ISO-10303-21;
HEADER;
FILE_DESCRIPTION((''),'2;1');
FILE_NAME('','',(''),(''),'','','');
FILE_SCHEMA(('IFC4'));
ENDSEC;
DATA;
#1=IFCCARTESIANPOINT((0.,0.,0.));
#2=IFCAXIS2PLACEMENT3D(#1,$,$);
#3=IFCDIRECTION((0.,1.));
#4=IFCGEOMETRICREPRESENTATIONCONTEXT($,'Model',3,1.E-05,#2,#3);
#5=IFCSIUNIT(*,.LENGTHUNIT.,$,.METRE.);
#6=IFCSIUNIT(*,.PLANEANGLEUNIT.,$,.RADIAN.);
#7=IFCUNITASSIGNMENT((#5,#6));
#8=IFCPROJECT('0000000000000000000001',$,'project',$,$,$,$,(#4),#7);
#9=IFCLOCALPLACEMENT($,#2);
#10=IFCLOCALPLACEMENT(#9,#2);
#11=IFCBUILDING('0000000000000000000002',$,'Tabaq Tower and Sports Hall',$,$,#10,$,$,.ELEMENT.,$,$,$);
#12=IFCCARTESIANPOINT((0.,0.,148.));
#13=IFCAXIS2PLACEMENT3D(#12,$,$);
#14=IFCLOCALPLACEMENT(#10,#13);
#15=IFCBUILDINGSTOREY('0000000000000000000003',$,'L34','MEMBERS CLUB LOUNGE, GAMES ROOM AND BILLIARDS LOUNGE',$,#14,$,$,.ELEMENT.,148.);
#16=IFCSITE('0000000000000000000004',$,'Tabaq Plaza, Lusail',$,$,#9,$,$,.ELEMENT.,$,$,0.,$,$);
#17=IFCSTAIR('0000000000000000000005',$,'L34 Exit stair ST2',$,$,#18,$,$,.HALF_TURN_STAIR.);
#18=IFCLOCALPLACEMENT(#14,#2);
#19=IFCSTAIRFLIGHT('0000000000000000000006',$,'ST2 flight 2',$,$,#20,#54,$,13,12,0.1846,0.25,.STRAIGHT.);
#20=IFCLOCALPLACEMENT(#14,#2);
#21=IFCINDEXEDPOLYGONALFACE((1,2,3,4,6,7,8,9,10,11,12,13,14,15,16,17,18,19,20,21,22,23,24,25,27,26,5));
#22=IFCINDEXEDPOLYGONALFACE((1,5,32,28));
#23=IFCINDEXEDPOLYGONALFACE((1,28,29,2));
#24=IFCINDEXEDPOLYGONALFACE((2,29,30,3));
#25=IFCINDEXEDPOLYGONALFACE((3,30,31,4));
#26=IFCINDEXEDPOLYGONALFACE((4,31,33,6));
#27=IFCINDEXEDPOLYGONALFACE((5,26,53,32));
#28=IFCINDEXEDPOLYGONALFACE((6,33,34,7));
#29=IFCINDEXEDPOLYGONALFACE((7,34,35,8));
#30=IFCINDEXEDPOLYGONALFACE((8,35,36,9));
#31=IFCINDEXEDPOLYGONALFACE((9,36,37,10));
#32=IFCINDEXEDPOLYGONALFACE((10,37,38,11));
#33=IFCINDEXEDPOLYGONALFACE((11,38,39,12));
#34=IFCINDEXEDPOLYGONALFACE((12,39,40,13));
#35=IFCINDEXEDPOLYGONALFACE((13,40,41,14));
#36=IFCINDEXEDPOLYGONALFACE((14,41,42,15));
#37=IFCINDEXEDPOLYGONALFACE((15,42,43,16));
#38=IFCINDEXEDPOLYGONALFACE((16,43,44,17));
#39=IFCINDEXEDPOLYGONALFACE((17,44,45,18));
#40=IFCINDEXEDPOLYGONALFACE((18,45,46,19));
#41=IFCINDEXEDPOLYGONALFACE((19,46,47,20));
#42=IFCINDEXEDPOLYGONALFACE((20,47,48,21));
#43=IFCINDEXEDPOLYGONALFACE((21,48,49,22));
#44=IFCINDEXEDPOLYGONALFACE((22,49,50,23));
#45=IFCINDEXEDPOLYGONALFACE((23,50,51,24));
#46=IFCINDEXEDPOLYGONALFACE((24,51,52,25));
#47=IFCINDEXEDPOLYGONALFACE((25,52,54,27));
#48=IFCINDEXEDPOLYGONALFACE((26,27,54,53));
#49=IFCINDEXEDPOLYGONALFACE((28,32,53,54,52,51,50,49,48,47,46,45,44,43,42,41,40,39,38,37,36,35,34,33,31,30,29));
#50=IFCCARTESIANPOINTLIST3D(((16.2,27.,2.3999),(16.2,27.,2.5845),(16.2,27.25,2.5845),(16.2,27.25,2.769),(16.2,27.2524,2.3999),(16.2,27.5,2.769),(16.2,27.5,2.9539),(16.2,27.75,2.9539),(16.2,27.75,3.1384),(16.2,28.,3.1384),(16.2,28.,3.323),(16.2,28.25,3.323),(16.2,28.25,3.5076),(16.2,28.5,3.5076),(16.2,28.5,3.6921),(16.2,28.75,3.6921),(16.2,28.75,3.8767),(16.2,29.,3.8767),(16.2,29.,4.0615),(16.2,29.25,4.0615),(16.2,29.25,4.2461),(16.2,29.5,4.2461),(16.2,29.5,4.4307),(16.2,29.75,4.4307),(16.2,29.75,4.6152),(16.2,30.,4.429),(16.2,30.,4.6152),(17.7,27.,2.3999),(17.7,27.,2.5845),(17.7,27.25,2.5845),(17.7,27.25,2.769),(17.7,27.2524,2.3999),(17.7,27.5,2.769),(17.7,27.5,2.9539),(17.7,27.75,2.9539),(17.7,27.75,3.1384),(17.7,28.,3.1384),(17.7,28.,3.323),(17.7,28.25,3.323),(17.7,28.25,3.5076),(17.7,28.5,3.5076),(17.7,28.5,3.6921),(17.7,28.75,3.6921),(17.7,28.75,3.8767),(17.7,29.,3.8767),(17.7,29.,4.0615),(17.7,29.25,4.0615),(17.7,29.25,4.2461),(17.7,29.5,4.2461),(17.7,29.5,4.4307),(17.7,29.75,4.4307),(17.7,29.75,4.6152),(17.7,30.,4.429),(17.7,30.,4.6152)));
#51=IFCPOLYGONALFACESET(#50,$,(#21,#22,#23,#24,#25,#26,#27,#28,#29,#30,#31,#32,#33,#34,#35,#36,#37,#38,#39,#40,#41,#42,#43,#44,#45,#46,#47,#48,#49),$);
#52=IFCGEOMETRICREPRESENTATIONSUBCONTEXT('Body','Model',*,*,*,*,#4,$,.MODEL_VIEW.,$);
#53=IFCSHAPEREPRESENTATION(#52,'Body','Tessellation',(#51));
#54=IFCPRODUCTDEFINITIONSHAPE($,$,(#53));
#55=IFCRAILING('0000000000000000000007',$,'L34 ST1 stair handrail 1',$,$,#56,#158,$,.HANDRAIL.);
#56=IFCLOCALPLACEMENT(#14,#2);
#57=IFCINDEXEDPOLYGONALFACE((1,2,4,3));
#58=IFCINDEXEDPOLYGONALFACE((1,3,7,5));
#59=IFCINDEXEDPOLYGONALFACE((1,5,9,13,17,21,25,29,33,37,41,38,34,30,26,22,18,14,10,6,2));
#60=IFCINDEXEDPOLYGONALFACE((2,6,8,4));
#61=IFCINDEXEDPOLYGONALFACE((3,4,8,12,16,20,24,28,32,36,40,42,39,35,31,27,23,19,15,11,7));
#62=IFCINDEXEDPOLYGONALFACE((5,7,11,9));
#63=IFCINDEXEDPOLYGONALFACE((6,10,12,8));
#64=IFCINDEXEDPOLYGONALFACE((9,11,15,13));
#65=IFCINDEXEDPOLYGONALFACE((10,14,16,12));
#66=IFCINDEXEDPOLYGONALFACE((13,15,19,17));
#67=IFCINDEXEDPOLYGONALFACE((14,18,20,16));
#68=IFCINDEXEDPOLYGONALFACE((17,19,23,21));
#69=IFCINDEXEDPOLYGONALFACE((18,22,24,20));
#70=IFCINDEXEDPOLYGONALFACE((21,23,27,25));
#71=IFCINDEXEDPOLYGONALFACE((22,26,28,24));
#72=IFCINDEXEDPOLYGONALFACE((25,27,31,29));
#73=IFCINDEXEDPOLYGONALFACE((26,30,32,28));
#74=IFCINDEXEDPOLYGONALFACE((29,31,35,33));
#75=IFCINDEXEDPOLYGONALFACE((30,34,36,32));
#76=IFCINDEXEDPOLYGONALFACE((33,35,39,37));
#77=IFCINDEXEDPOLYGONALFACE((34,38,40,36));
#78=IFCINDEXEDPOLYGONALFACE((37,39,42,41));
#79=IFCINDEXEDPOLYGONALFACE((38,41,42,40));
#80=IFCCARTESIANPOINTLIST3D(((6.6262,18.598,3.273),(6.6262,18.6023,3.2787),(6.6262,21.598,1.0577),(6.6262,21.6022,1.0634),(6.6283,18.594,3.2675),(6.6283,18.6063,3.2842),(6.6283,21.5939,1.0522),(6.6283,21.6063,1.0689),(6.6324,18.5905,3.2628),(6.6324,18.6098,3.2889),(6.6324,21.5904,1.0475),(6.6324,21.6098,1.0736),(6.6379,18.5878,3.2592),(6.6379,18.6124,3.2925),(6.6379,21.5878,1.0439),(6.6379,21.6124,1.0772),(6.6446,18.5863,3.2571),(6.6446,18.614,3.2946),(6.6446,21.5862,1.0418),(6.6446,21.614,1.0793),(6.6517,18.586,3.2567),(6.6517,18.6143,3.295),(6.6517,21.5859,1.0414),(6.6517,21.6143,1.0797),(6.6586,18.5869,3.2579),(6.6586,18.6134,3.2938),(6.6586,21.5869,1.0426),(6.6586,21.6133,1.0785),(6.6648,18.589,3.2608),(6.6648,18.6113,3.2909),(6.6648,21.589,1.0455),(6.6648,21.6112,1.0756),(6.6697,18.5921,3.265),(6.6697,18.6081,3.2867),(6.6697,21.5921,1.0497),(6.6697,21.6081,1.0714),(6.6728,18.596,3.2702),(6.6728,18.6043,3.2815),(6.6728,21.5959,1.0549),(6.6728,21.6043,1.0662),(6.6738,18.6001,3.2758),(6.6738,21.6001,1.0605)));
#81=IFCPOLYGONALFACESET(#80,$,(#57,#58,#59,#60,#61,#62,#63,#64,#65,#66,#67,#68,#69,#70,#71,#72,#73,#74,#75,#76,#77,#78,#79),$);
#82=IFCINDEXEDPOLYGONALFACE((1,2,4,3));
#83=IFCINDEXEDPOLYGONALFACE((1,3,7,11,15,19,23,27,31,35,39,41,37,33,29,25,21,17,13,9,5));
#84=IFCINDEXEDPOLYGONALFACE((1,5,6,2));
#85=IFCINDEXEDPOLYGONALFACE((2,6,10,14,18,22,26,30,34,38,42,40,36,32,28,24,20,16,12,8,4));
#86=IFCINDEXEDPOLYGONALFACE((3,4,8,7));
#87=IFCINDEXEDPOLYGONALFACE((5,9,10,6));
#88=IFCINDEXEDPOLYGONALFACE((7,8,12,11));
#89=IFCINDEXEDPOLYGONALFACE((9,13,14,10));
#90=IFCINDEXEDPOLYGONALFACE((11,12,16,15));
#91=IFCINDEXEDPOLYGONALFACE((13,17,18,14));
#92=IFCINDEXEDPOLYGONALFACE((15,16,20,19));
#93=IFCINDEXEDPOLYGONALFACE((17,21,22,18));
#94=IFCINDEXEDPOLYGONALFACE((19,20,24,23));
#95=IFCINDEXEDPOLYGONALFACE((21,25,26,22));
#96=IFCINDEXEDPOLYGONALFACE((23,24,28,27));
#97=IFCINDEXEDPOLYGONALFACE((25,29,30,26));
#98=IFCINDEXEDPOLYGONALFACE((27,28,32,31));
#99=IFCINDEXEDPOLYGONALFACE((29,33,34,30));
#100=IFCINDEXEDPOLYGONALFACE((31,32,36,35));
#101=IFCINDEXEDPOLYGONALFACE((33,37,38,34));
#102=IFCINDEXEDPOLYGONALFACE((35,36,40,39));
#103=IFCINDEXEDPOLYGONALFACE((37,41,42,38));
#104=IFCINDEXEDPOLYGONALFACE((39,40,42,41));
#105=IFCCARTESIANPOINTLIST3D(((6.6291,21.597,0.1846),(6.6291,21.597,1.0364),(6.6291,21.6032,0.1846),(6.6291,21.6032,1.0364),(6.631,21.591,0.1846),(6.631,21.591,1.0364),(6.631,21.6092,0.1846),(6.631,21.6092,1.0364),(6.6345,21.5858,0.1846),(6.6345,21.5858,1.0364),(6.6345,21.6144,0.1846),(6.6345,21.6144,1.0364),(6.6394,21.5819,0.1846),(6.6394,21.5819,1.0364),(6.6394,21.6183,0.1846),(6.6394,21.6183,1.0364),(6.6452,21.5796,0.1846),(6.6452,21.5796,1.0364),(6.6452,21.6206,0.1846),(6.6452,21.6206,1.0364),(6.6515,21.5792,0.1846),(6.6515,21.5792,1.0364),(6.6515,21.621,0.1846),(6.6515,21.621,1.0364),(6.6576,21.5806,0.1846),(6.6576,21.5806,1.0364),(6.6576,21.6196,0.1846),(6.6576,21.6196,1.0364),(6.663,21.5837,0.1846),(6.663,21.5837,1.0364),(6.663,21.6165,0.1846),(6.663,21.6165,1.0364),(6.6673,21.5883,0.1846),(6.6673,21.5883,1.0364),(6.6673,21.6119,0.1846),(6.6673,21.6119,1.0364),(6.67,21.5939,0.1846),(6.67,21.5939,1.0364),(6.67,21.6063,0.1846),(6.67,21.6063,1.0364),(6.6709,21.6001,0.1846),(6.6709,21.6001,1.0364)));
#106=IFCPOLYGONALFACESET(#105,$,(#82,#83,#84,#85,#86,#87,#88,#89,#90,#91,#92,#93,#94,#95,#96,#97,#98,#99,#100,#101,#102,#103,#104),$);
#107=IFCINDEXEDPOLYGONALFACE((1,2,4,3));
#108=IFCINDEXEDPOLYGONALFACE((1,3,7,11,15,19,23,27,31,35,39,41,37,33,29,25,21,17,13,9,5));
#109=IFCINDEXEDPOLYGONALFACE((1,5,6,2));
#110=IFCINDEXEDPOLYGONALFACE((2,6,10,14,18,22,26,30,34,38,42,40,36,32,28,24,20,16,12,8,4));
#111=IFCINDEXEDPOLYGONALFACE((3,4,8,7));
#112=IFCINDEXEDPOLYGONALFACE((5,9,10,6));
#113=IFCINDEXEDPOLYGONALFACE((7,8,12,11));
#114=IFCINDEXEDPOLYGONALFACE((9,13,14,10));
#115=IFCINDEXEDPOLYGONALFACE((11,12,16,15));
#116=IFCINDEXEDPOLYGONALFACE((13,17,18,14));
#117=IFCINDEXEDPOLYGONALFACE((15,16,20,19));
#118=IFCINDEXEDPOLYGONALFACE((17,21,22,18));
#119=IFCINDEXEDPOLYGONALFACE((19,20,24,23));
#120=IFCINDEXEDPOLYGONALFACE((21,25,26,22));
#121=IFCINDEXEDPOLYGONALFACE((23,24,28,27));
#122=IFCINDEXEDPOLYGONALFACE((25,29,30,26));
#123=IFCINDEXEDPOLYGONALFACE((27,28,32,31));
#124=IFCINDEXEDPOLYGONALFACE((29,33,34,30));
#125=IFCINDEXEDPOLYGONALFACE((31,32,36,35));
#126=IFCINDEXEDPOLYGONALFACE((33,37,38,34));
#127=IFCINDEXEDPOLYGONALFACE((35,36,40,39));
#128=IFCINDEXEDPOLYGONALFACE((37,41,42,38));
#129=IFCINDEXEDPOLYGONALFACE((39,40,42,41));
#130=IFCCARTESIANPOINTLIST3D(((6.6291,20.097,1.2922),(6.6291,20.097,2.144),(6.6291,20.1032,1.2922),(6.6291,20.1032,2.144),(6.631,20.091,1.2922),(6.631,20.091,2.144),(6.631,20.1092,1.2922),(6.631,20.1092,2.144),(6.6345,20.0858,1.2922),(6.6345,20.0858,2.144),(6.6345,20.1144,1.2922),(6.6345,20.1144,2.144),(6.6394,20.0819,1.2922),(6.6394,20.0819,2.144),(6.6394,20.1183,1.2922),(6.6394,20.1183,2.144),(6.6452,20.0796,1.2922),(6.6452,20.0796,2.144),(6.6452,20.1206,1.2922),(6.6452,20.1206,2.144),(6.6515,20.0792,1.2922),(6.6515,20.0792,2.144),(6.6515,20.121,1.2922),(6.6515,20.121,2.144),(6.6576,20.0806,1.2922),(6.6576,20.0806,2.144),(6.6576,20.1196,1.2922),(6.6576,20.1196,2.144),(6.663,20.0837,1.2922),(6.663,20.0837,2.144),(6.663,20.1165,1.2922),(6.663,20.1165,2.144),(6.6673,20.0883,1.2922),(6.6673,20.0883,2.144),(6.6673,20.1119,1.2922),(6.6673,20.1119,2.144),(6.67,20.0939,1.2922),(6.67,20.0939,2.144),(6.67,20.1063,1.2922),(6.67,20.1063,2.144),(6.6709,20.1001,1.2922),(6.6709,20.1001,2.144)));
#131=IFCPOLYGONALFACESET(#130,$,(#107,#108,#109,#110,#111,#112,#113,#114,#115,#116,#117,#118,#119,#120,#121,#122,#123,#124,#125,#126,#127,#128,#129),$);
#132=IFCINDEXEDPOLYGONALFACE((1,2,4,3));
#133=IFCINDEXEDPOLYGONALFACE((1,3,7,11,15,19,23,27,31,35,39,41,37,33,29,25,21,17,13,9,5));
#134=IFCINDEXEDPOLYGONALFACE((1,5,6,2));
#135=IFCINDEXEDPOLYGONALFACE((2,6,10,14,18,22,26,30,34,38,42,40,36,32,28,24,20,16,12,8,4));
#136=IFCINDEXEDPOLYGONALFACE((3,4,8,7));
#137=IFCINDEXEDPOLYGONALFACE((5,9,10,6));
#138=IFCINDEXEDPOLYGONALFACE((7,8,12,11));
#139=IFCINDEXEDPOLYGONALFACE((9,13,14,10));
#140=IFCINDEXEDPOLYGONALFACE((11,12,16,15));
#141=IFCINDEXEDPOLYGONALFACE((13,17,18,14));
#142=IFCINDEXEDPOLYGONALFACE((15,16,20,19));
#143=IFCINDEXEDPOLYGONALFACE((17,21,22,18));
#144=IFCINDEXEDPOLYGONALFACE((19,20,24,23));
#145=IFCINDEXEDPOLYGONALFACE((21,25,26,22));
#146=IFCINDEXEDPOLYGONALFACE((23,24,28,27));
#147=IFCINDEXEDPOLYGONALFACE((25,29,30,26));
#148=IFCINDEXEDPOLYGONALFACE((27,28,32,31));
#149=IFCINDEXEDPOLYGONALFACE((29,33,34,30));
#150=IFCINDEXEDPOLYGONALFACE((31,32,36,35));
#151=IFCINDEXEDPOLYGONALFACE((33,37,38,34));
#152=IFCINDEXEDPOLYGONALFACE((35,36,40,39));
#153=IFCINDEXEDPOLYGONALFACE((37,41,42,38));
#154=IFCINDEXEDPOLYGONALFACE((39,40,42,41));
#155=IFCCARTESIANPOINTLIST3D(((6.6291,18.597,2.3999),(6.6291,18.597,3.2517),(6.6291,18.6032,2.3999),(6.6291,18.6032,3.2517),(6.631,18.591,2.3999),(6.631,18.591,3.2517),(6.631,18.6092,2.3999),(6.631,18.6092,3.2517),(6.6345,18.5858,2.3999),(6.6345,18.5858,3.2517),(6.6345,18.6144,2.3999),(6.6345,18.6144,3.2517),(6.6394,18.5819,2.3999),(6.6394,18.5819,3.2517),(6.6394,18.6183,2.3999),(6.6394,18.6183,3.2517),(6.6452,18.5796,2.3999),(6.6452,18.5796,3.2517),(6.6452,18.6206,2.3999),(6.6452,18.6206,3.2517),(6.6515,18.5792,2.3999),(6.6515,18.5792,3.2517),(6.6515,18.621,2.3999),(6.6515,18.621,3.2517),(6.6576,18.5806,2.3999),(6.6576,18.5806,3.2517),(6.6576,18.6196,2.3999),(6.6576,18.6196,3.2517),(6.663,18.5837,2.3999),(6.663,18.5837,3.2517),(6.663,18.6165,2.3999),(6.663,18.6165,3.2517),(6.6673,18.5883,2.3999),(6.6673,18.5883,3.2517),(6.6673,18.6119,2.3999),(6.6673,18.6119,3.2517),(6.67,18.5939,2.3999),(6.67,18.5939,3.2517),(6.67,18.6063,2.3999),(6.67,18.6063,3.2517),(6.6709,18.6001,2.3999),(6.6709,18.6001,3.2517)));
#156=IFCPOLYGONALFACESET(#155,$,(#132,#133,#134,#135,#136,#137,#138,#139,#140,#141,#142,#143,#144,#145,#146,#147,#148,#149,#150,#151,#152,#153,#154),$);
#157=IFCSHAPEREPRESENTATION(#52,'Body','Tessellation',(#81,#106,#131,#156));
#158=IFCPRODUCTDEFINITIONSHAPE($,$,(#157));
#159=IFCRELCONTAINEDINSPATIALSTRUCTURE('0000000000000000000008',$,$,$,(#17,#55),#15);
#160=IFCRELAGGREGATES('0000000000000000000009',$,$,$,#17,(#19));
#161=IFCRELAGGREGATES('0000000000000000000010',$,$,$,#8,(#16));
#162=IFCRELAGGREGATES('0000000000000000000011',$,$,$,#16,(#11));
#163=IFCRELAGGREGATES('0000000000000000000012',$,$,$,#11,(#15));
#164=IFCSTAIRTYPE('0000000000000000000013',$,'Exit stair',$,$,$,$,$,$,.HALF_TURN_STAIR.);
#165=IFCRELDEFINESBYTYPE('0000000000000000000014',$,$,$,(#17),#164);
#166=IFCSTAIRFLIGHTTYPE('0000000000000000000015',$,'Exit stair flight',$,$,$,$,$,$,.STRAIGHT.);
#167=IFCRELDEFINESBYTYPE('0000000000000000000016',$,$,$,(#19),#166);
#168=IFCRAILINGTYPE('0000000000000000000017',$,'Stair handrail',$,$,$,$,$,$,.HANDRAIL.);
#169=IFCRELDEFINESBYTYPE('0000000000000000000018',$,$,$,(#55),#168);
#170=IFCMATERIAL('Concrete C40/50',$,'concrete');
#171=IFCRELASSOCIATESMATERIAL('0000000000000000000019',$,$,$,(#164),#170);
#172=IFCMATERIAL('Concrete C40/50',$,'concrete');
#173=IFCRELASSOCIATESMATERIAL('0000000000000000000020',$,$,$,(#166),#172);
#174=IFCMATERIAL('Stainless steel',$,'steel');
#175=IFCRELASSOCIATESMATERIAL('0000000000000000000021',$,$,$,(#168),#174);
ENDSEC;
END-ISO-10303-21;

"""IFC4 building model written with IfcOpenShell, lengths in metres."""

from ifc_helpers import new_model, si_unit, direction, frame, origin, origin_2d, place, context, subcontext, project, spatial, polyline, circle, outline, extrude, material, type_object, element, aggregate, save


model = new_model("IFC4")

# Units and contexts
model_context = context("Model", 3, precision=1e-05, world=origin(), true_north=direction((0.0, 1.0)))
body_context = subcontext(model_context, "Body", "Model", "MODEL_VIEW")
ifc_project = project(units=[si_unit("LENGTHUNIT", "METRE"), si_unit("PLANEANGLEUNIT", "RADIAN")], contexts=[model_context])

# Site, building, storey
site_placement = place(None, origin())
site = spatial("IfcSite", under=ifc_project, at=site_placement, Name="Tabaq Plaza, Lusail", CompositionType="ELEMENT", RefElevation=0.0)
building_placement = place(site_placement, origin())
building = spatial("IfcBuilding", under=site, at=building_placement, Name="Tabaq Tower and Sports Hall", CompositionType="ELEMENT")
storey_placement = place(building_placement, frame((0.0, 0.0, 148.0)))
storey = spatial("IfcBuildingStorey", under=building, at=storey_placement, Name="L34", Description="MEMBERS CLUB LOUNGE, GAMES ROOM AND BILLIARDS LOUNGE", CompositionType="ELEMENT", Elevation=148.0)

# Shared definitions
ifc_material_1 = material(Name="Concrete C40/50", Category="concrete")
stair_type = type_object("IfcStairType", Name="Exit stair", PredefinedType="HALF_TURN_STAIR", material=ifc_material_1)
ifc_material_2 = material(Name="Concrete C40/50", Category="concrete")
stair_flight_type = type_object("IfcStairFlightType", Name="Exit stair flight", PredefinedType="STRAIGHT", material=ifc_material_2)

# Stair, stair flight
stair_1_placement = place(storey_placement, origin())
stair_1 = element("IfcStair", 1, at=stair_1_placement, inside=storey, type_object=stair_type, Name="L34 Exit stair ST2", PredefinedType="HALF_TURN_STAIR")
stair_flight_1_placement = place(storey_placement, frame((16.95, 27.0, 2.3999), z_axis=(0.0, 0.0, 1.0), x_axis=(0.0, 1.0, 0.0)))
stair_flight_1 = element("IfcStairFlight", 2, at=stair_flight_1_placement, type_object=stair_flight_type, Name="ST2 flight 2", NumberOfRisers=13, NumberOfTreads=12, PredefinedType="STRAIGHT", RiserHeight=0.1846, TreadLength=0.25, context=body_context, shape_type="SweptSolid", body=[
    extrude(outline(polyline([(0.0, 0.0), (0.0, 0.1846), (0.25, 0.1846), (0.25, 0.3691), (0.5, 0.3691), (0.5, 0.554), (0.75, 0.554), (0.75, 0.7385), (1.0, 0.7385), (1.0, 0.9231), (1.25, 0.9231), (1.25, 1.1077), (1.5, 1.1077), (1.5, 1.2922), (1.75, 1.2922), (1.75, 1.4768), (2.0, 1.4768), (2.0, 1.6616), (2.25, 1.6616), (2.25, 1.8462), (2.5, 1.8462), (2.5, 2.0308), (2.75, 2.0308), (2.75, 2.2153), (3.0, 2.2153), (3.0, 2.3999), (3.0, 2.0291), (0.2524, 0.0), (0.0, 0.0)])), frame((0.0, 0.75, 0.0), z_axis=(0.0, -1.0, 0.0), x_axis=(1.0, 0.0, 0.0)), (0.0, 0.0, 1.0), 1.5),
])
aggregate(stair_1, [stair_flight_1])

# Railing
ifc_material_3 = material(Name="Stainless steel", Category="steel")
railing_type_1 = type_object("IfcRailingType", Name="Stair handrail", PredefinedType="HANDRAIL", material=ifc_material_3)
for number, where, name in (
    (3, (6.6499, 21.6001, 0.1846), "L34 ST1 stair handrail 1"),
):
    element("IfcRailing", number, at=place(storey_placement, frame(where)), inside=storey, type_object=railing_type_1, Name=name, PredefinedType="HANDRAIL", context=body_context, shape_type="SweptSolid", body=[
        extrude(circle(Radius=0.0239, at=origin_2d()), frame((0.0, 0.0, 0.876), z_axis=(0.0, -0.80444, 0.594034), x_axis=(1.0, 0.0, 0.0)), (0.0, 0.0, 1.0), 3.7292),
        extrude(circle(Radius=0.021, at=origin_2d()), origin(), (0.0, 0.0, 1.0), 0.8518),
        extrude(circle(Radius=0.021, at=origin_2d()), frame((0.0, -1.5, 1.1077)), (0.0, 0.0, 1.0), 0.8518),
        extrude(circle(Radius=0.021, at=origin_2d()), frame((0.0, -3.0, 2.2153)), (0.0, 0.0, 1.0), 0.8518),
    ])

save(model, "model.ifc")
